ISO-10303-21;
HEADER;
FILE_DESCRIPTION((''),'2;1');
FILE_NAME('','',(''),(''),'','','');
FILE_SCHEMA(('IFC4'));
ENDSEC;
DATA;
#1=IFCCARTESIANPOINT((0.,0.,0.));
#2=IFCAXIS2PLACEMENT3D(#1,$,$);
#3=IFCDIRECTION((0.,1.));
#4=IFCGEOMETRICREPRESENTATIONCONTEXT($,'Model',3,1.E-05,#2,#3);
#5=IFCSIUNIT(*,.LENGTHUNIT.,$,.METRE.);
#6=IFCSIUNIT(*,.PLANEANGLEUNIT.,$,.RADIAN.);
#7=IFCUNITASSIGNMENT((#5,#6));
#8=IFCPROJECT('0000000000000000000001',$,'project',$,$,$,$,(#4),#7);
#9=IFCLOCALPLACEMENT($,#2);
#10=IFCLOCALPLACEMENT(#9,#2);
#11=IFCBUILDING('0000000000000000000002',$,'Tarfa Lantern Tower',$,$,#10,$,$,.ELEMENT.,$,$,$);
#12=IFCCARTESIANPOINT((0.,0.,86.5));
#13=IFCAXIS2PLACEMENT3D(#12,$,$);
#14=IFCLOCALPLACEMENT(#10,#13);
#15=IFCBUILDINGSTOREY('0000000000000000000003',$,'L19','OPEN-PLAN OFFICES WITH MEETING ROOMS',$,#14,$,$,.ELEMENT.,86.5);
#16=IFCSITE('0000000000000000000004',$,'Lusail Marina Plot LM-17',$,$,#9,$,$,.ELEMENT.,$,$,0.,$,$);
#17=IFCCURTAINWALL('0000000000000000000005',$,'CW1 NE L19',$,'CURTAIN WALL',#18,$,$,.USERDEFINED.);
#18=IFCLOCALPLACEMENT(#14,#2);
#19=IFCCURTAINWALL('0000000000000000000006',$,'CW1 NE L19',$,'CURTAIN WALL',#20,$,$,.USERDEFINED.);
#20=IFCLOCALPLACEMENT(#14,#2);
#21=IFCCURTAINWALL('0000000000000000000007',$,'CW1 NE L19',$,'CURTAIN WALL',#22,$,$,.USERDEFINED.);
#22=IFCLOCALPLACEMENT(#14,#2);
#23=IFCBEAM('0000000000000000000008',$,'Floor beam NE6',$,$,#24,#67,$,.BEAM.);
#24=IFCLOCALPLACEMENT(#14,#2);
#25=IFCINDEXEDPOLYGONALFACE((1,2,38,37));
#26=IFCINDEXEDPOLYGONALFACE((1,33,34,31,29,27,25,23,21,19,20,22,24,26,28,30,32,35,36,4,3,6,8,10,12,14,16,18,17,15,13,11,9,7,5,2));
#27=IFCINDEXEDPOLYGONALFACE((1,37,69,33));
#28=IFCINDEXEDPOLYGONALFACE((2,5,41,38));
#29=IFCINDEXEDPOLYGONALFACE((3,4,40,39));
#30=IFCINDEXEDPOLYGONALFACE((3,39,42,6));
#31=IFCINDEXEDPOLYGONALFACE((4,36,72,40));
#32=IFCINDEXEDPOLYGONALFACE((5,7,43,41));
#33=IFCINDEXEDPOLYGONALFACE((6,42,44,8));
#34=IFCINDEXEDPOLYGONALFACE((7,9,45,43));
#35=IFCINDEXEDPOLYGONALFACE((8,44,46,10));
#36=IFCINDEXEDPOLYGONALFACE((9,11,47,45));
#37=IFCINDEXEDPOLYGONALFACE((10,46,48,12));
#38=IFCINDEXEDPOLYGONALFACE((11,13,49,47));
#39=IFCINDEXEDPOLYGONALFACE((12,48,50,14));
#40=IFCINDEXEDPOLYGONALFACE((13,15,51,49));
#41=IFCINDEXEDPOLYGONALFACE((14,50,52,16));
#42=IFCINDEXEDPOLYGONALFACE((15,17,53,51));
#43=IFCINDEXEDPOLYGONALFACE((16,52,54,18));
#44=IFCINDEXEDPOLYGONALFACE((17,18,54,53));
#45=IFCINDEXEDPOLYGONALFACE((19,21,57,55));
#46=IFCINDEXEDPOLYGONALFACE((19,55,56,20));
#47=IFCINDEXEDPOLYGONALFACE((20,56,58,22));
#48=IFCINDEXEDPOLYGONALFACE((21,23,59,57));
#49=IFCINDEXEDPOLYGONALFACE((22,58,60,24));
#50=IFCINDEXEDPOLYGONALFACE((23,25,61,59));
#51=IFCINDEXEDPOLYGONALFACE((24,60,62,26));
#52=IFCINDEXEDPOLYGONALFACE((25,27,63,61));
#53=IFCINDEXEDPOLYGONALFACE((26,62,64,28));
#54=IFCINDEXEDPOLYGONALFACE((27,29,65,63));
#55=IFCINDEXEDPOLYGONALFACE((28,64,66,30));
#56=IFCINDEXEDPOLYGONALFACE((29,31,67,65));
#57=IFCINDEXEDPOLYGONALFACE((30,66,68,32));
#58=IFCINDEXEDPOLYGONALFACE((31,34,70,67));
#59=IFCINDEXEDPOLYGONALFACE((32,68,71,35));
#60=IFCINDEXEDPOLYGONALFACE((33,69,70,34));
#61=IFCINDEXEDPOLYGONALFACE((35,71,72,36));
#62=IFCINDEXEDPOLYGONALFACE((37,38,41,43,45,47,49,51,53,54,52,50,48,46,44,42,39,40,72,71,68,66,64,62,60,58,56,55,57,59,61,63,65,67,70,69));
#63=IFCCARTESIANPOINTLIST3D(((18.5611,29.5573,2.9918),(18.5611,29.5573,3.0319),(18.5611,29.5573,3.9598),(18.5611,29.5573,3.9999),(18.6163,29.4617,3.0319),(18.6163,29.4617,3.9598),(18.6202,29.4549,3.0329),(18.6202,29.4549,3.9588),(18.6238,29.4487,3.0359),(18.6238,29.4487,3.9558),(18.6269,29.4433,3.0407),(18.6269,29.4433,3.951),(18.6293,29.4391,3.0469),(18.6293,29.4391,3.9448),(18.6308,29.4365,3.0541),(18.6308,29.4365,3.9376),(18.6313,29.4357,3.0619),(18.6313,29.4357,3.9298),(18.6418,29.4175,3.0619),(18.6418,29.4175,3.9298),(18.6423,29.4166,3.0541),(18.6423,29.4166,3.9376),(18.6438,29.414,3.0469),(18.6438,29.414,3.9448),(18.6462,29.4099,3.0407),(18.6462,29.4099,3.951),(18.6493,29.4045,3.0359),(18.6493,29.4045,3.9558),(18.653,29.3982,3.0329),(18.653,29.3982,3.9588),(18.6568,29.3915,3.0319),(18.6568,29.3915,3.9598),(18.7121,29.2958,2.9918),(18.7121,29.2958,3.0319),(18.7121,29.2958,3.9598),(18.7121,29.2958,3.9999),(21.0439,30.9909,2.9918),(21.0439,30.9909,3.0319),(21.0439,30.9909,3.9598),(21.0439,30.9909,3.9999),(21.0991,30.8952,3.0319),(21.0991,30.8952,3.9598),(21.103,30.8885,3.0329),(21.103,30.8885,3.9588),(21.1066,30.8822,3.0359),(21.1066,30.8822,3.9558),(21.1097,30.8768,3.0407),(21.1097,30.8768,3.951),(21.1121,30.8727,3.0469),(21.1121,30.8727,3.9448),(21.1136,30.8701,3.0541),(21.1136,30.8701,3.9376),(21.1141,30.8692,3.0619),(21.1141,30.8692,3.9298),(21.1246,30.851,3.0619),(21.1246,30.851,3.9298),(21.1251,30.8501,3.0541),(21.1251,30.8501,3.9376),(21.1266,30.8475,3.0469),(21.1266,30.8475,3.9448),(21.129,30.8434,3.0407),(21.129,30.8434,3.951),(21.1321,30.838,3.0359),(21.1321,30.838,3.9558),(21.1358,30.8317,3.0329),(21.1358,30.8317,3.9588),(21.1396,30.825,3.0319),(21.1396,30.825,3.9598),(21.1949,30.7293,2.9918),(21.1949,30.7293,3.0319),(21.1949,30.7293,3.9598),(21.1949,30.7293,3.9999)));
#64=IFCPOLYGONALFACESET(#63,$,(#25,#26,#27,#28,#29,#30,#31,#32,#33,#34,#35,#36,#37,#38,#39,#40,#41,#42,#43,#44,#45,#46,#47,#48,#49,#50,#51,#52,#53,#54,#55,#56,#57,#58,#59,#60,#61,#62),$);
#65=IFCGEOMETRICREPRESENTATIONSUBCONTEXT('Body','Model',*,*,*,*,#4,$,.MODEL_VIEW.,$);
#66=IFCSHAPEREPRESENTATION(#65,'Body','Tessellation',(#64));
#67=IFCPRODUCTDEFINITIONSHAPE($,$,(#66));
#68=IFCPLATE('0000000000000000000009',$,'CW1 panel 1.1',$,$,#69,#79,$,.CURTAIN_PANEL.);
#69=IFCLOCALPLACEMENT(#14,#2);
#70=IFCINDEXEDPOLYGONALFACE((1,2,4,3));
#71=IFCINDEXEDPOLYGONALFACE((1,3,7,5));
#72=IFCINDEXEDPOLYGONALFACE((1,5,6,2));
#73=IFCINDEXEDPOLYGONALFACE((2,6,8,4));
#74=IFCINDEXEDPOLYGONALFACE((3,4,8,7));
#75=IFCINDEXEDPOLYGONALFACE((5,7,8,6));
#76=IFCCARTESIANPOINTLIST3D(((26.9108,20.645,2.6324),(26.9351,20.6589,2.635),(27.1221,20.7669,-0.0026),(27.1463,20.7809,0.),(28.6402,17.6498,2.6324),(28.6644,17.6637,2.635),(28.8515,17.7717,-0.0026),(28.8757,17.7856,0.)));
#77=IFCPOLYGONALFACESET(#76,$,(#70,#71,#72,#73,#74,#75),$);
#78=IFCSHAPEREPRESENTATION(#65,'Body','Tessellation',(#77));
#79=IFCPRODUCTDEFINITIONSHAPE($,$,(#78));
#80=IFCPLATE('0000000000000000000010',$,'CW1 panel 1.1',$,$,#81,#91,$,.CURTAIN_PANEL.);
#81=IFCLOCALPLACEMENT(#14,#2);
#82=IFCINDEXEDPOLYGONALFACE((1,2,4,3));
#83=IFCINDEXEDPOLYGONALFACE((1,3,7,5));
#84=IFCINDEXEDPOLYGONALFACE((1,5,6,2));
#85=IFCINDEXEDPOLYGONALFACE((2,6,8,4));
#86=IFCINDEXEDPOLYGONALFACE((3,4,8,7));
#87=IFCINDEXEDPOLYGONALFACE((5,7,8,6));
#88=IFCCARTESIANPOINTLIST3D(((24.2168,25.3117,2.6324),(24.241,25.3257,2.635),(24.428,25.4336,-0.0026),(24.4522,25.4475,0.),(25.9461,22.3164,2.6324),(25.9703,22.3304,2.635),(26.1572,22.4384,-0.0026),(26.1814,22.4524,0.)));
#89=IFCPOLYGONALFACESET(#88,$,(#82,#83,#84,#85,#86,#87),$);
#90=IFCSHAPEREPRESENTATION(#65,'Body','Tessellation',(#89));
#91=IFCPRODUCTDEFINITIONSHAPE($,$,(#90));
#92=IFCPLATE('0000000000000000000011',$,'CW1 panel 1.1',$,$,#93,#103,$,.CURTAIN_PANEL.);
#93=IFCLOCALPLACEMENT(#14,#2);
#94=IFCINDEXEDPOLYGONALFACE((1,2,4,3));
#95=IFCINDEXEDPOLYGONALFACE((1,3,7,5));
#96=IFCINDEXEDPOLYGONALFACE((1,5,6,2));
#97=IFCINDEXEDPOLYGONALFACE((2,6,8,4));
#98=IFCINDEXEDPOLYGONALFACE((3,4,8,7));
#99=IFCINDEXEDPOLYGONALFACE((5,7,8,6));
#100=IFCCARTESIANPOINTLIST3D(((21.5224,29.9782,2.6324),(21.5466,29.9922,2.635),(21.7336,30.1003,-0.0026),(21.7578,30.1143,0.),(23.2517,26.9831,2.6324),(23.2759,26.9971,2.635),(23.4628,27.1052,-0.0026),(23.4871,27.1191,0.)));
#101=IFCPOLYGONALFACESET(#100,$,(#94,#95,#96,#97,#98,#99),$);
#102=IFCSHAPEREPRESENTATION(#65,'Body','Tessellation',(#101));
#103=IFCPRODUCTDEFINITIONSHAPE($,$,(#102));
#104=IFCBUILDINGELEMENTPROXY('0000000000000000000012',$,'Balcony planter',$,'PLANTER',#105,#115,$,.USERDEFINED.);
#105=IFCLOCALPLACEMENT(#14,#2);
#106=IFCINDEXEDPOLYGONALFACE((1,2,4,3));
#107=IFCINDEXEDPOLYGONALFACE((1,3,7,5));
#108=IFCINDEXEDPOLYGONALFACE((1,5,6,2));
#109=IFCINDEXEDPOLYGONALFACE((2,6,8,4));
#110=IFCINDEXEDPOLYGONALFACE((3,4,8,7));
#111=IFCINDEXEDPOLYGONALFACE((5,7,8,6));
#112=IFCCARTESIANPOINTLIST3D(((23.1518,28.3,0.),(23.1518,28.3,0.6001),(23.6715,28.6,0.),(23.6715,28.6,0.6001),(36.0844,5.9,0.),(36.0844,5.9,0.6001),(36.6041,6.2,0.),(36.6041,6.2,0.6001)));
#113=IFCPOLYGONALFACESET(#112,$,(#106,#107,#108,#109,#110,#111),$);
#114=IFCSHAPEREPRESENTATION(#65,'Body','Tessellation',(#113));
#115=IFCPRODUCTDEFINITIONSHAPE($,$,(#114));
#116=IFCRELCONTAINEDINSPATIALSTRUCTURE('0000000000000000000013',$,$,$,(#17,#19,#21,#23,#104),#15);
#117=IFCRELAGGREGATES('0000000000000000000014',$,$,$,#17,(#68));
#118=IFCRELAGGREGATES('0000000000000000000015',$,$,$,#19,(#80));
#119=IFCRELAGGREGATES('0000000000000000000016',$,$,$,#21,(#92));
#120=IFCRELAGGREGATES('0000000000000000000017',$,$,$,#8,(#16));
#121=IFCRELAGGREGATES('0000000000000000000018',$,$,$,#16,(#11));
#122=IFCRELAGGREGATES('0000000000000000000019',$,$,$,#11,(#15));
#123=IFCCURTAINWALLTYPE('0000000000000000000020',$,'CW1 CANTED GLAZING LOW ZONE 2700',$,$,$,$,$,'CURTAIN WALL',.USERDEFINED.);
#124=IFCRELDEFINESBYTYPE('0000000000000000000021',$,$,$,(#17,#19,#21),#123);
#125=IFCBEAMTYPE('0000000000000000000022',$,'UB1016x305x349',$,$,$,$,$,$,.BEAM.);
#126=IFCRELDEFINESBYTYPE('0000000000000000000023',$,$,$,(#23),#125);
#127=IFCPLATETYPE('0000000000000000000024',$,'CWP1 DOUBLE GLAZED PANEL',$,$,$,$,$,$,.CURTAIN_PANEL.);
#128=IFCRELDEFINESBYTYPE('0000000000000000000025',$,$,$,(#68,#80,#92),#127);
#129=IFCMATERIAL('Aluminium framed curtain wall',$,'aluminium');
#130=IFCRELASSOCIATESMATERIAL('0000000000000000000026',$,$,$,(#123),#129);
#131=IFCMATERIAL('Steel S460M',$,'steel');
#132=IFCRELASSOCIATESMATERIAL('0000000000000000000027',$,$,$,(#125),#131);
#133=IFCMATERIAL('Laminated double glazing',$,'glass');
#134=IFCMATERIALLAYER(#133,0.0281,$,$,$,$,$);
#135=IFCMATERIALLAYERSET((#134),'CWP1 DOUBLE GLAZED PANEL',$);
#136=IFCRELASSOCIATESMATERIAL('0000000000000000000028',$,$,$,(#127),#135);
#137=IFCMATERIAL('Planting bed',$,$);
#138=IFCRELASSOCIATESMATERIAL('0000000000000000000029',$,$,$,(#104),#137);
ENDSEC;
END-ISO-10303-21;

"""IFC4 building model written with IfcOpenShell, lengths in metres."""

from ifc_helpers import new_model, si_unit, direction, frame, origin, origin_2d, place, context, subcontext, project, spatial, polyline, rectangle, i_section, outline, extrude, material, layer, layer_set, material_profile, profile_set, type_object, element, aggregate, save


model = new_model("IFC4")

# Units and contexts
model_context = context("Model", 3, precision=1e-05, world=origin(), true_north=direction((0.0, 1.0)))
body_context = subcontext(model_context, "Body", "Model", "MODEL_VIEW")
ifc_project = project(units=[si_unit("LENGTHUNIT", "METRE"), si_unit("PLANEANGLEUNIT", "RADIAN")], contexts=[model_context])

# Site, building, storey
site_placement = place(None, origin())
site = spatial("IfcSite", under=ifc_project, at=site_placement, Name="Lusail Marina Plot LM-17", CompositionType="ELEMENT", RefElevation=0.0)
building_placement = place(site_placement, origin())
building = spatial("IfcBuilding", under=site, at=building_placement, Name="Tarfa Lantern Tower", CompositionType="ELEMENT")
storey_placement = place(building_placement, frame((0.0, 0.0, 86.5)))
storey = spatial("IfcBuildingStorey", under=building, at=storey_placement, Name="L19", Description="OPEN-PLAN OFFICES WITH MEETING ROOMS", CompositionType="ELEMENT", Elevation=86.5)

# Curtain walls
ifc_material_1 = material(Name="Aluminium framed curtain wall", Category="aluminium")
curtain_wall_type = type_object("IfcCurtainWallType", Name="CW1 CANTED GLAZING LOW ZONE 2700", ElementType="CURTAIN WALL", PredefinedType="USERDEFINED", material=ifc_material_1)
curtain_wall_1_placement = place(storey_placement, origin())
curtain_wall_1 = element("IfcCurtainWall", 1, at=curtain_wall_1_placement, inside=storey, type_object=curtain_wall_type, Name="CW1 NE L19", ObjectType="CURTAIN WALL", PredefinedType="USERDEFINED")
curtain_wall_2_placement = place(storey_placement, origin())
curtain_wall_2 = element("IfcCurtainWall", 2, at=curtain_wall_2_placement, inside=storey, type_object=curtain_wall_type, Name="CW1 NE L19", ObjectType="CURTAIN WALL", PredefinedType="USERDEFINED")
curtain_wall_3_placement = place(storey_placement, origin())
curtain_wall_3 = element("IfcCurtainWall", 3, at=curtain_wall_3_placement, inside=storey, type_object=curtain_wall_type, Name="CW1 NE L19", ObjectType="CURTAIN WALL", PredefinedType="USERDEFINED")

# Beam
ifc_material_2 = material(Name="Steel S460M", Category="steel")
ifc_material_profile_1 = material_profile(ifc_material_2, i_section(OverallWidth=0.302, OverallDepth=1.0081, WebThickness=0.021, FlangeThickness=0.04, FilletRadius=0.03, at=origin_2d()), Name="UB1016x305x349")
ifc_profile_set_1 = profile_set([ifc_material_profile_1], Name="Steel S460M")
beam_type_1 = type_object("IfcBeamType", Name="UB1016x305x349", PredefinedType="BEAM", material=ifc_profile_set_1)
beam_1_placement = place(storey_placement, frame((21.1194, 30.8601, 3.4958), z_axis=(-0.866013, -0.500022, 0.0), x_axis=(0.500022, -0.866013, 0.0)))
element("IfcBeam", 4, at=beam_1_placement, inside=storey, type_object=beam_type_1, Name="Floor beam NE6", PredefinedType="BEAM", context=body_context, shape_type="SweptSolid", body=[
    extrude(i_section(OverallWidth=0.302, OverallDepth=1.0081, WebThickness=0.021, FlangeThickness=0.04, FilletRadius=0.03, at=origin_2d()), origin(), (0.0, 0.0, 1.0), 2.8669),
])

# Plates
ifc_material_3 = material(Name="Laminated double glazing", Category="glass")
ifc_layer = layer(ifc_material_3, 0.0281)
ifc_layer_set = layer_set([ifc_layer], Name="CWP1 DOUBLE GLAZED PANEL")
plate_type = type_object("IfcPlateType", Name="CWP1 DOUBLE GLAZED PANEL", PredefinedType="CURTAIN_PANEL", material=ifc_layer_set)
plate_1_placement = place(storey_placement, frame((28.8757, 17.7856, 0.0), z_axis=(0.862329, 0.497885, 0.092193), x_axis=(-0.500014, 0.866017, -0.000004)))
plate_1 = element("IfcPlate", 5, at=plate_1_placement, type_object=plate_type, Name="CW1 panel 1.1", PredefinedType="CURTAIN_PANEL", context=body_context, shape_type="SweptSolid", body=[
    extrude(outline(polyline([(0.0, 0.0), (3.4587, 0.0), (3.4587, 2.6463), (0.0001, 2.6463), (0.0, 0.0)])), origin(), (0.0, 0.0, -1.0), 0.0281),
])
aggregate(curtain_wall_1, [plate_1])
plate_2_placement = place(storey_placement, frame((26.1814, 22.4524, 0.0), z_axis=(0.862347, 0.497861, 0.092153), x_axis=(-0.499988, 0.866032, 0.000002)))
plate_2 = element("IfcPlate", 6, at=plate_2_placement, type_object=plate_type, Name="CW1 panel 1.1", PredefinedType="CURTAIN_PANEL", context=body_context, shape_type="SweptSolid", body=[
    extrude(outline(polyline([(0.0, 0.0), (3.4585, 0.0), (3.4586, 2.6463), (-0.0001, 2.6463), (0.0, 0.0)])), origin(), (0.0, 0.0, -1.0), 0.0281),
])
aggregate(curtain_wall_2, [plate_2])
plate_3_placement = place(storey_placement, frame((23.4871, 27.1191, 0.0), z_axis=(0.862336, 0.497875, 0.092176), x_axis=(-0.500004, 0.866023, 0.0)))
plate_3 = element("IfcPlate", 7, at=plate_3_placement, type_object=plate_type, Name="CW1 panel 1.1", PredefinedType="CURTAIN_PANEL", context=body_context, shape_type="SweptSolid", body=[
    extrude(outline(polyline([(0.0, 0.0), (3.4585, 0.0), (3.4583, 2.6463), (-0.0001, 2.6463), (0.0, 0.0)])), origin(), (0.0, 0.0, -1.0), 0.0281),
])
aggregate(curtain_wall_3, [plate_3])

# Building element proxy
ifc_material_4 = material(Name="Planting bed")
proxy_placement = place(storey_placement, frame((29.8779, 17.25, 0.0), z_axis=(0.0, 0.0, 1.0), x_axis=(-0.5, 0.866025, 0.0)))
element("IfcBuildingElementProxy", 8, at=proxy_placement, inside=storey, material=ifc_material_4, Name="Balcony planter", ObjectType="PLANTER", PredefinedType="USERDEFINED", context=body_context, shape_type="SweptSolid", body=[
    extrude(rectangle(XDim=25.8652, YDim=0.6001, at=origin_2d()), origin(), (0.0, 0.0, 1.0), 0.6001),
])

save(model, "model.ifc")
